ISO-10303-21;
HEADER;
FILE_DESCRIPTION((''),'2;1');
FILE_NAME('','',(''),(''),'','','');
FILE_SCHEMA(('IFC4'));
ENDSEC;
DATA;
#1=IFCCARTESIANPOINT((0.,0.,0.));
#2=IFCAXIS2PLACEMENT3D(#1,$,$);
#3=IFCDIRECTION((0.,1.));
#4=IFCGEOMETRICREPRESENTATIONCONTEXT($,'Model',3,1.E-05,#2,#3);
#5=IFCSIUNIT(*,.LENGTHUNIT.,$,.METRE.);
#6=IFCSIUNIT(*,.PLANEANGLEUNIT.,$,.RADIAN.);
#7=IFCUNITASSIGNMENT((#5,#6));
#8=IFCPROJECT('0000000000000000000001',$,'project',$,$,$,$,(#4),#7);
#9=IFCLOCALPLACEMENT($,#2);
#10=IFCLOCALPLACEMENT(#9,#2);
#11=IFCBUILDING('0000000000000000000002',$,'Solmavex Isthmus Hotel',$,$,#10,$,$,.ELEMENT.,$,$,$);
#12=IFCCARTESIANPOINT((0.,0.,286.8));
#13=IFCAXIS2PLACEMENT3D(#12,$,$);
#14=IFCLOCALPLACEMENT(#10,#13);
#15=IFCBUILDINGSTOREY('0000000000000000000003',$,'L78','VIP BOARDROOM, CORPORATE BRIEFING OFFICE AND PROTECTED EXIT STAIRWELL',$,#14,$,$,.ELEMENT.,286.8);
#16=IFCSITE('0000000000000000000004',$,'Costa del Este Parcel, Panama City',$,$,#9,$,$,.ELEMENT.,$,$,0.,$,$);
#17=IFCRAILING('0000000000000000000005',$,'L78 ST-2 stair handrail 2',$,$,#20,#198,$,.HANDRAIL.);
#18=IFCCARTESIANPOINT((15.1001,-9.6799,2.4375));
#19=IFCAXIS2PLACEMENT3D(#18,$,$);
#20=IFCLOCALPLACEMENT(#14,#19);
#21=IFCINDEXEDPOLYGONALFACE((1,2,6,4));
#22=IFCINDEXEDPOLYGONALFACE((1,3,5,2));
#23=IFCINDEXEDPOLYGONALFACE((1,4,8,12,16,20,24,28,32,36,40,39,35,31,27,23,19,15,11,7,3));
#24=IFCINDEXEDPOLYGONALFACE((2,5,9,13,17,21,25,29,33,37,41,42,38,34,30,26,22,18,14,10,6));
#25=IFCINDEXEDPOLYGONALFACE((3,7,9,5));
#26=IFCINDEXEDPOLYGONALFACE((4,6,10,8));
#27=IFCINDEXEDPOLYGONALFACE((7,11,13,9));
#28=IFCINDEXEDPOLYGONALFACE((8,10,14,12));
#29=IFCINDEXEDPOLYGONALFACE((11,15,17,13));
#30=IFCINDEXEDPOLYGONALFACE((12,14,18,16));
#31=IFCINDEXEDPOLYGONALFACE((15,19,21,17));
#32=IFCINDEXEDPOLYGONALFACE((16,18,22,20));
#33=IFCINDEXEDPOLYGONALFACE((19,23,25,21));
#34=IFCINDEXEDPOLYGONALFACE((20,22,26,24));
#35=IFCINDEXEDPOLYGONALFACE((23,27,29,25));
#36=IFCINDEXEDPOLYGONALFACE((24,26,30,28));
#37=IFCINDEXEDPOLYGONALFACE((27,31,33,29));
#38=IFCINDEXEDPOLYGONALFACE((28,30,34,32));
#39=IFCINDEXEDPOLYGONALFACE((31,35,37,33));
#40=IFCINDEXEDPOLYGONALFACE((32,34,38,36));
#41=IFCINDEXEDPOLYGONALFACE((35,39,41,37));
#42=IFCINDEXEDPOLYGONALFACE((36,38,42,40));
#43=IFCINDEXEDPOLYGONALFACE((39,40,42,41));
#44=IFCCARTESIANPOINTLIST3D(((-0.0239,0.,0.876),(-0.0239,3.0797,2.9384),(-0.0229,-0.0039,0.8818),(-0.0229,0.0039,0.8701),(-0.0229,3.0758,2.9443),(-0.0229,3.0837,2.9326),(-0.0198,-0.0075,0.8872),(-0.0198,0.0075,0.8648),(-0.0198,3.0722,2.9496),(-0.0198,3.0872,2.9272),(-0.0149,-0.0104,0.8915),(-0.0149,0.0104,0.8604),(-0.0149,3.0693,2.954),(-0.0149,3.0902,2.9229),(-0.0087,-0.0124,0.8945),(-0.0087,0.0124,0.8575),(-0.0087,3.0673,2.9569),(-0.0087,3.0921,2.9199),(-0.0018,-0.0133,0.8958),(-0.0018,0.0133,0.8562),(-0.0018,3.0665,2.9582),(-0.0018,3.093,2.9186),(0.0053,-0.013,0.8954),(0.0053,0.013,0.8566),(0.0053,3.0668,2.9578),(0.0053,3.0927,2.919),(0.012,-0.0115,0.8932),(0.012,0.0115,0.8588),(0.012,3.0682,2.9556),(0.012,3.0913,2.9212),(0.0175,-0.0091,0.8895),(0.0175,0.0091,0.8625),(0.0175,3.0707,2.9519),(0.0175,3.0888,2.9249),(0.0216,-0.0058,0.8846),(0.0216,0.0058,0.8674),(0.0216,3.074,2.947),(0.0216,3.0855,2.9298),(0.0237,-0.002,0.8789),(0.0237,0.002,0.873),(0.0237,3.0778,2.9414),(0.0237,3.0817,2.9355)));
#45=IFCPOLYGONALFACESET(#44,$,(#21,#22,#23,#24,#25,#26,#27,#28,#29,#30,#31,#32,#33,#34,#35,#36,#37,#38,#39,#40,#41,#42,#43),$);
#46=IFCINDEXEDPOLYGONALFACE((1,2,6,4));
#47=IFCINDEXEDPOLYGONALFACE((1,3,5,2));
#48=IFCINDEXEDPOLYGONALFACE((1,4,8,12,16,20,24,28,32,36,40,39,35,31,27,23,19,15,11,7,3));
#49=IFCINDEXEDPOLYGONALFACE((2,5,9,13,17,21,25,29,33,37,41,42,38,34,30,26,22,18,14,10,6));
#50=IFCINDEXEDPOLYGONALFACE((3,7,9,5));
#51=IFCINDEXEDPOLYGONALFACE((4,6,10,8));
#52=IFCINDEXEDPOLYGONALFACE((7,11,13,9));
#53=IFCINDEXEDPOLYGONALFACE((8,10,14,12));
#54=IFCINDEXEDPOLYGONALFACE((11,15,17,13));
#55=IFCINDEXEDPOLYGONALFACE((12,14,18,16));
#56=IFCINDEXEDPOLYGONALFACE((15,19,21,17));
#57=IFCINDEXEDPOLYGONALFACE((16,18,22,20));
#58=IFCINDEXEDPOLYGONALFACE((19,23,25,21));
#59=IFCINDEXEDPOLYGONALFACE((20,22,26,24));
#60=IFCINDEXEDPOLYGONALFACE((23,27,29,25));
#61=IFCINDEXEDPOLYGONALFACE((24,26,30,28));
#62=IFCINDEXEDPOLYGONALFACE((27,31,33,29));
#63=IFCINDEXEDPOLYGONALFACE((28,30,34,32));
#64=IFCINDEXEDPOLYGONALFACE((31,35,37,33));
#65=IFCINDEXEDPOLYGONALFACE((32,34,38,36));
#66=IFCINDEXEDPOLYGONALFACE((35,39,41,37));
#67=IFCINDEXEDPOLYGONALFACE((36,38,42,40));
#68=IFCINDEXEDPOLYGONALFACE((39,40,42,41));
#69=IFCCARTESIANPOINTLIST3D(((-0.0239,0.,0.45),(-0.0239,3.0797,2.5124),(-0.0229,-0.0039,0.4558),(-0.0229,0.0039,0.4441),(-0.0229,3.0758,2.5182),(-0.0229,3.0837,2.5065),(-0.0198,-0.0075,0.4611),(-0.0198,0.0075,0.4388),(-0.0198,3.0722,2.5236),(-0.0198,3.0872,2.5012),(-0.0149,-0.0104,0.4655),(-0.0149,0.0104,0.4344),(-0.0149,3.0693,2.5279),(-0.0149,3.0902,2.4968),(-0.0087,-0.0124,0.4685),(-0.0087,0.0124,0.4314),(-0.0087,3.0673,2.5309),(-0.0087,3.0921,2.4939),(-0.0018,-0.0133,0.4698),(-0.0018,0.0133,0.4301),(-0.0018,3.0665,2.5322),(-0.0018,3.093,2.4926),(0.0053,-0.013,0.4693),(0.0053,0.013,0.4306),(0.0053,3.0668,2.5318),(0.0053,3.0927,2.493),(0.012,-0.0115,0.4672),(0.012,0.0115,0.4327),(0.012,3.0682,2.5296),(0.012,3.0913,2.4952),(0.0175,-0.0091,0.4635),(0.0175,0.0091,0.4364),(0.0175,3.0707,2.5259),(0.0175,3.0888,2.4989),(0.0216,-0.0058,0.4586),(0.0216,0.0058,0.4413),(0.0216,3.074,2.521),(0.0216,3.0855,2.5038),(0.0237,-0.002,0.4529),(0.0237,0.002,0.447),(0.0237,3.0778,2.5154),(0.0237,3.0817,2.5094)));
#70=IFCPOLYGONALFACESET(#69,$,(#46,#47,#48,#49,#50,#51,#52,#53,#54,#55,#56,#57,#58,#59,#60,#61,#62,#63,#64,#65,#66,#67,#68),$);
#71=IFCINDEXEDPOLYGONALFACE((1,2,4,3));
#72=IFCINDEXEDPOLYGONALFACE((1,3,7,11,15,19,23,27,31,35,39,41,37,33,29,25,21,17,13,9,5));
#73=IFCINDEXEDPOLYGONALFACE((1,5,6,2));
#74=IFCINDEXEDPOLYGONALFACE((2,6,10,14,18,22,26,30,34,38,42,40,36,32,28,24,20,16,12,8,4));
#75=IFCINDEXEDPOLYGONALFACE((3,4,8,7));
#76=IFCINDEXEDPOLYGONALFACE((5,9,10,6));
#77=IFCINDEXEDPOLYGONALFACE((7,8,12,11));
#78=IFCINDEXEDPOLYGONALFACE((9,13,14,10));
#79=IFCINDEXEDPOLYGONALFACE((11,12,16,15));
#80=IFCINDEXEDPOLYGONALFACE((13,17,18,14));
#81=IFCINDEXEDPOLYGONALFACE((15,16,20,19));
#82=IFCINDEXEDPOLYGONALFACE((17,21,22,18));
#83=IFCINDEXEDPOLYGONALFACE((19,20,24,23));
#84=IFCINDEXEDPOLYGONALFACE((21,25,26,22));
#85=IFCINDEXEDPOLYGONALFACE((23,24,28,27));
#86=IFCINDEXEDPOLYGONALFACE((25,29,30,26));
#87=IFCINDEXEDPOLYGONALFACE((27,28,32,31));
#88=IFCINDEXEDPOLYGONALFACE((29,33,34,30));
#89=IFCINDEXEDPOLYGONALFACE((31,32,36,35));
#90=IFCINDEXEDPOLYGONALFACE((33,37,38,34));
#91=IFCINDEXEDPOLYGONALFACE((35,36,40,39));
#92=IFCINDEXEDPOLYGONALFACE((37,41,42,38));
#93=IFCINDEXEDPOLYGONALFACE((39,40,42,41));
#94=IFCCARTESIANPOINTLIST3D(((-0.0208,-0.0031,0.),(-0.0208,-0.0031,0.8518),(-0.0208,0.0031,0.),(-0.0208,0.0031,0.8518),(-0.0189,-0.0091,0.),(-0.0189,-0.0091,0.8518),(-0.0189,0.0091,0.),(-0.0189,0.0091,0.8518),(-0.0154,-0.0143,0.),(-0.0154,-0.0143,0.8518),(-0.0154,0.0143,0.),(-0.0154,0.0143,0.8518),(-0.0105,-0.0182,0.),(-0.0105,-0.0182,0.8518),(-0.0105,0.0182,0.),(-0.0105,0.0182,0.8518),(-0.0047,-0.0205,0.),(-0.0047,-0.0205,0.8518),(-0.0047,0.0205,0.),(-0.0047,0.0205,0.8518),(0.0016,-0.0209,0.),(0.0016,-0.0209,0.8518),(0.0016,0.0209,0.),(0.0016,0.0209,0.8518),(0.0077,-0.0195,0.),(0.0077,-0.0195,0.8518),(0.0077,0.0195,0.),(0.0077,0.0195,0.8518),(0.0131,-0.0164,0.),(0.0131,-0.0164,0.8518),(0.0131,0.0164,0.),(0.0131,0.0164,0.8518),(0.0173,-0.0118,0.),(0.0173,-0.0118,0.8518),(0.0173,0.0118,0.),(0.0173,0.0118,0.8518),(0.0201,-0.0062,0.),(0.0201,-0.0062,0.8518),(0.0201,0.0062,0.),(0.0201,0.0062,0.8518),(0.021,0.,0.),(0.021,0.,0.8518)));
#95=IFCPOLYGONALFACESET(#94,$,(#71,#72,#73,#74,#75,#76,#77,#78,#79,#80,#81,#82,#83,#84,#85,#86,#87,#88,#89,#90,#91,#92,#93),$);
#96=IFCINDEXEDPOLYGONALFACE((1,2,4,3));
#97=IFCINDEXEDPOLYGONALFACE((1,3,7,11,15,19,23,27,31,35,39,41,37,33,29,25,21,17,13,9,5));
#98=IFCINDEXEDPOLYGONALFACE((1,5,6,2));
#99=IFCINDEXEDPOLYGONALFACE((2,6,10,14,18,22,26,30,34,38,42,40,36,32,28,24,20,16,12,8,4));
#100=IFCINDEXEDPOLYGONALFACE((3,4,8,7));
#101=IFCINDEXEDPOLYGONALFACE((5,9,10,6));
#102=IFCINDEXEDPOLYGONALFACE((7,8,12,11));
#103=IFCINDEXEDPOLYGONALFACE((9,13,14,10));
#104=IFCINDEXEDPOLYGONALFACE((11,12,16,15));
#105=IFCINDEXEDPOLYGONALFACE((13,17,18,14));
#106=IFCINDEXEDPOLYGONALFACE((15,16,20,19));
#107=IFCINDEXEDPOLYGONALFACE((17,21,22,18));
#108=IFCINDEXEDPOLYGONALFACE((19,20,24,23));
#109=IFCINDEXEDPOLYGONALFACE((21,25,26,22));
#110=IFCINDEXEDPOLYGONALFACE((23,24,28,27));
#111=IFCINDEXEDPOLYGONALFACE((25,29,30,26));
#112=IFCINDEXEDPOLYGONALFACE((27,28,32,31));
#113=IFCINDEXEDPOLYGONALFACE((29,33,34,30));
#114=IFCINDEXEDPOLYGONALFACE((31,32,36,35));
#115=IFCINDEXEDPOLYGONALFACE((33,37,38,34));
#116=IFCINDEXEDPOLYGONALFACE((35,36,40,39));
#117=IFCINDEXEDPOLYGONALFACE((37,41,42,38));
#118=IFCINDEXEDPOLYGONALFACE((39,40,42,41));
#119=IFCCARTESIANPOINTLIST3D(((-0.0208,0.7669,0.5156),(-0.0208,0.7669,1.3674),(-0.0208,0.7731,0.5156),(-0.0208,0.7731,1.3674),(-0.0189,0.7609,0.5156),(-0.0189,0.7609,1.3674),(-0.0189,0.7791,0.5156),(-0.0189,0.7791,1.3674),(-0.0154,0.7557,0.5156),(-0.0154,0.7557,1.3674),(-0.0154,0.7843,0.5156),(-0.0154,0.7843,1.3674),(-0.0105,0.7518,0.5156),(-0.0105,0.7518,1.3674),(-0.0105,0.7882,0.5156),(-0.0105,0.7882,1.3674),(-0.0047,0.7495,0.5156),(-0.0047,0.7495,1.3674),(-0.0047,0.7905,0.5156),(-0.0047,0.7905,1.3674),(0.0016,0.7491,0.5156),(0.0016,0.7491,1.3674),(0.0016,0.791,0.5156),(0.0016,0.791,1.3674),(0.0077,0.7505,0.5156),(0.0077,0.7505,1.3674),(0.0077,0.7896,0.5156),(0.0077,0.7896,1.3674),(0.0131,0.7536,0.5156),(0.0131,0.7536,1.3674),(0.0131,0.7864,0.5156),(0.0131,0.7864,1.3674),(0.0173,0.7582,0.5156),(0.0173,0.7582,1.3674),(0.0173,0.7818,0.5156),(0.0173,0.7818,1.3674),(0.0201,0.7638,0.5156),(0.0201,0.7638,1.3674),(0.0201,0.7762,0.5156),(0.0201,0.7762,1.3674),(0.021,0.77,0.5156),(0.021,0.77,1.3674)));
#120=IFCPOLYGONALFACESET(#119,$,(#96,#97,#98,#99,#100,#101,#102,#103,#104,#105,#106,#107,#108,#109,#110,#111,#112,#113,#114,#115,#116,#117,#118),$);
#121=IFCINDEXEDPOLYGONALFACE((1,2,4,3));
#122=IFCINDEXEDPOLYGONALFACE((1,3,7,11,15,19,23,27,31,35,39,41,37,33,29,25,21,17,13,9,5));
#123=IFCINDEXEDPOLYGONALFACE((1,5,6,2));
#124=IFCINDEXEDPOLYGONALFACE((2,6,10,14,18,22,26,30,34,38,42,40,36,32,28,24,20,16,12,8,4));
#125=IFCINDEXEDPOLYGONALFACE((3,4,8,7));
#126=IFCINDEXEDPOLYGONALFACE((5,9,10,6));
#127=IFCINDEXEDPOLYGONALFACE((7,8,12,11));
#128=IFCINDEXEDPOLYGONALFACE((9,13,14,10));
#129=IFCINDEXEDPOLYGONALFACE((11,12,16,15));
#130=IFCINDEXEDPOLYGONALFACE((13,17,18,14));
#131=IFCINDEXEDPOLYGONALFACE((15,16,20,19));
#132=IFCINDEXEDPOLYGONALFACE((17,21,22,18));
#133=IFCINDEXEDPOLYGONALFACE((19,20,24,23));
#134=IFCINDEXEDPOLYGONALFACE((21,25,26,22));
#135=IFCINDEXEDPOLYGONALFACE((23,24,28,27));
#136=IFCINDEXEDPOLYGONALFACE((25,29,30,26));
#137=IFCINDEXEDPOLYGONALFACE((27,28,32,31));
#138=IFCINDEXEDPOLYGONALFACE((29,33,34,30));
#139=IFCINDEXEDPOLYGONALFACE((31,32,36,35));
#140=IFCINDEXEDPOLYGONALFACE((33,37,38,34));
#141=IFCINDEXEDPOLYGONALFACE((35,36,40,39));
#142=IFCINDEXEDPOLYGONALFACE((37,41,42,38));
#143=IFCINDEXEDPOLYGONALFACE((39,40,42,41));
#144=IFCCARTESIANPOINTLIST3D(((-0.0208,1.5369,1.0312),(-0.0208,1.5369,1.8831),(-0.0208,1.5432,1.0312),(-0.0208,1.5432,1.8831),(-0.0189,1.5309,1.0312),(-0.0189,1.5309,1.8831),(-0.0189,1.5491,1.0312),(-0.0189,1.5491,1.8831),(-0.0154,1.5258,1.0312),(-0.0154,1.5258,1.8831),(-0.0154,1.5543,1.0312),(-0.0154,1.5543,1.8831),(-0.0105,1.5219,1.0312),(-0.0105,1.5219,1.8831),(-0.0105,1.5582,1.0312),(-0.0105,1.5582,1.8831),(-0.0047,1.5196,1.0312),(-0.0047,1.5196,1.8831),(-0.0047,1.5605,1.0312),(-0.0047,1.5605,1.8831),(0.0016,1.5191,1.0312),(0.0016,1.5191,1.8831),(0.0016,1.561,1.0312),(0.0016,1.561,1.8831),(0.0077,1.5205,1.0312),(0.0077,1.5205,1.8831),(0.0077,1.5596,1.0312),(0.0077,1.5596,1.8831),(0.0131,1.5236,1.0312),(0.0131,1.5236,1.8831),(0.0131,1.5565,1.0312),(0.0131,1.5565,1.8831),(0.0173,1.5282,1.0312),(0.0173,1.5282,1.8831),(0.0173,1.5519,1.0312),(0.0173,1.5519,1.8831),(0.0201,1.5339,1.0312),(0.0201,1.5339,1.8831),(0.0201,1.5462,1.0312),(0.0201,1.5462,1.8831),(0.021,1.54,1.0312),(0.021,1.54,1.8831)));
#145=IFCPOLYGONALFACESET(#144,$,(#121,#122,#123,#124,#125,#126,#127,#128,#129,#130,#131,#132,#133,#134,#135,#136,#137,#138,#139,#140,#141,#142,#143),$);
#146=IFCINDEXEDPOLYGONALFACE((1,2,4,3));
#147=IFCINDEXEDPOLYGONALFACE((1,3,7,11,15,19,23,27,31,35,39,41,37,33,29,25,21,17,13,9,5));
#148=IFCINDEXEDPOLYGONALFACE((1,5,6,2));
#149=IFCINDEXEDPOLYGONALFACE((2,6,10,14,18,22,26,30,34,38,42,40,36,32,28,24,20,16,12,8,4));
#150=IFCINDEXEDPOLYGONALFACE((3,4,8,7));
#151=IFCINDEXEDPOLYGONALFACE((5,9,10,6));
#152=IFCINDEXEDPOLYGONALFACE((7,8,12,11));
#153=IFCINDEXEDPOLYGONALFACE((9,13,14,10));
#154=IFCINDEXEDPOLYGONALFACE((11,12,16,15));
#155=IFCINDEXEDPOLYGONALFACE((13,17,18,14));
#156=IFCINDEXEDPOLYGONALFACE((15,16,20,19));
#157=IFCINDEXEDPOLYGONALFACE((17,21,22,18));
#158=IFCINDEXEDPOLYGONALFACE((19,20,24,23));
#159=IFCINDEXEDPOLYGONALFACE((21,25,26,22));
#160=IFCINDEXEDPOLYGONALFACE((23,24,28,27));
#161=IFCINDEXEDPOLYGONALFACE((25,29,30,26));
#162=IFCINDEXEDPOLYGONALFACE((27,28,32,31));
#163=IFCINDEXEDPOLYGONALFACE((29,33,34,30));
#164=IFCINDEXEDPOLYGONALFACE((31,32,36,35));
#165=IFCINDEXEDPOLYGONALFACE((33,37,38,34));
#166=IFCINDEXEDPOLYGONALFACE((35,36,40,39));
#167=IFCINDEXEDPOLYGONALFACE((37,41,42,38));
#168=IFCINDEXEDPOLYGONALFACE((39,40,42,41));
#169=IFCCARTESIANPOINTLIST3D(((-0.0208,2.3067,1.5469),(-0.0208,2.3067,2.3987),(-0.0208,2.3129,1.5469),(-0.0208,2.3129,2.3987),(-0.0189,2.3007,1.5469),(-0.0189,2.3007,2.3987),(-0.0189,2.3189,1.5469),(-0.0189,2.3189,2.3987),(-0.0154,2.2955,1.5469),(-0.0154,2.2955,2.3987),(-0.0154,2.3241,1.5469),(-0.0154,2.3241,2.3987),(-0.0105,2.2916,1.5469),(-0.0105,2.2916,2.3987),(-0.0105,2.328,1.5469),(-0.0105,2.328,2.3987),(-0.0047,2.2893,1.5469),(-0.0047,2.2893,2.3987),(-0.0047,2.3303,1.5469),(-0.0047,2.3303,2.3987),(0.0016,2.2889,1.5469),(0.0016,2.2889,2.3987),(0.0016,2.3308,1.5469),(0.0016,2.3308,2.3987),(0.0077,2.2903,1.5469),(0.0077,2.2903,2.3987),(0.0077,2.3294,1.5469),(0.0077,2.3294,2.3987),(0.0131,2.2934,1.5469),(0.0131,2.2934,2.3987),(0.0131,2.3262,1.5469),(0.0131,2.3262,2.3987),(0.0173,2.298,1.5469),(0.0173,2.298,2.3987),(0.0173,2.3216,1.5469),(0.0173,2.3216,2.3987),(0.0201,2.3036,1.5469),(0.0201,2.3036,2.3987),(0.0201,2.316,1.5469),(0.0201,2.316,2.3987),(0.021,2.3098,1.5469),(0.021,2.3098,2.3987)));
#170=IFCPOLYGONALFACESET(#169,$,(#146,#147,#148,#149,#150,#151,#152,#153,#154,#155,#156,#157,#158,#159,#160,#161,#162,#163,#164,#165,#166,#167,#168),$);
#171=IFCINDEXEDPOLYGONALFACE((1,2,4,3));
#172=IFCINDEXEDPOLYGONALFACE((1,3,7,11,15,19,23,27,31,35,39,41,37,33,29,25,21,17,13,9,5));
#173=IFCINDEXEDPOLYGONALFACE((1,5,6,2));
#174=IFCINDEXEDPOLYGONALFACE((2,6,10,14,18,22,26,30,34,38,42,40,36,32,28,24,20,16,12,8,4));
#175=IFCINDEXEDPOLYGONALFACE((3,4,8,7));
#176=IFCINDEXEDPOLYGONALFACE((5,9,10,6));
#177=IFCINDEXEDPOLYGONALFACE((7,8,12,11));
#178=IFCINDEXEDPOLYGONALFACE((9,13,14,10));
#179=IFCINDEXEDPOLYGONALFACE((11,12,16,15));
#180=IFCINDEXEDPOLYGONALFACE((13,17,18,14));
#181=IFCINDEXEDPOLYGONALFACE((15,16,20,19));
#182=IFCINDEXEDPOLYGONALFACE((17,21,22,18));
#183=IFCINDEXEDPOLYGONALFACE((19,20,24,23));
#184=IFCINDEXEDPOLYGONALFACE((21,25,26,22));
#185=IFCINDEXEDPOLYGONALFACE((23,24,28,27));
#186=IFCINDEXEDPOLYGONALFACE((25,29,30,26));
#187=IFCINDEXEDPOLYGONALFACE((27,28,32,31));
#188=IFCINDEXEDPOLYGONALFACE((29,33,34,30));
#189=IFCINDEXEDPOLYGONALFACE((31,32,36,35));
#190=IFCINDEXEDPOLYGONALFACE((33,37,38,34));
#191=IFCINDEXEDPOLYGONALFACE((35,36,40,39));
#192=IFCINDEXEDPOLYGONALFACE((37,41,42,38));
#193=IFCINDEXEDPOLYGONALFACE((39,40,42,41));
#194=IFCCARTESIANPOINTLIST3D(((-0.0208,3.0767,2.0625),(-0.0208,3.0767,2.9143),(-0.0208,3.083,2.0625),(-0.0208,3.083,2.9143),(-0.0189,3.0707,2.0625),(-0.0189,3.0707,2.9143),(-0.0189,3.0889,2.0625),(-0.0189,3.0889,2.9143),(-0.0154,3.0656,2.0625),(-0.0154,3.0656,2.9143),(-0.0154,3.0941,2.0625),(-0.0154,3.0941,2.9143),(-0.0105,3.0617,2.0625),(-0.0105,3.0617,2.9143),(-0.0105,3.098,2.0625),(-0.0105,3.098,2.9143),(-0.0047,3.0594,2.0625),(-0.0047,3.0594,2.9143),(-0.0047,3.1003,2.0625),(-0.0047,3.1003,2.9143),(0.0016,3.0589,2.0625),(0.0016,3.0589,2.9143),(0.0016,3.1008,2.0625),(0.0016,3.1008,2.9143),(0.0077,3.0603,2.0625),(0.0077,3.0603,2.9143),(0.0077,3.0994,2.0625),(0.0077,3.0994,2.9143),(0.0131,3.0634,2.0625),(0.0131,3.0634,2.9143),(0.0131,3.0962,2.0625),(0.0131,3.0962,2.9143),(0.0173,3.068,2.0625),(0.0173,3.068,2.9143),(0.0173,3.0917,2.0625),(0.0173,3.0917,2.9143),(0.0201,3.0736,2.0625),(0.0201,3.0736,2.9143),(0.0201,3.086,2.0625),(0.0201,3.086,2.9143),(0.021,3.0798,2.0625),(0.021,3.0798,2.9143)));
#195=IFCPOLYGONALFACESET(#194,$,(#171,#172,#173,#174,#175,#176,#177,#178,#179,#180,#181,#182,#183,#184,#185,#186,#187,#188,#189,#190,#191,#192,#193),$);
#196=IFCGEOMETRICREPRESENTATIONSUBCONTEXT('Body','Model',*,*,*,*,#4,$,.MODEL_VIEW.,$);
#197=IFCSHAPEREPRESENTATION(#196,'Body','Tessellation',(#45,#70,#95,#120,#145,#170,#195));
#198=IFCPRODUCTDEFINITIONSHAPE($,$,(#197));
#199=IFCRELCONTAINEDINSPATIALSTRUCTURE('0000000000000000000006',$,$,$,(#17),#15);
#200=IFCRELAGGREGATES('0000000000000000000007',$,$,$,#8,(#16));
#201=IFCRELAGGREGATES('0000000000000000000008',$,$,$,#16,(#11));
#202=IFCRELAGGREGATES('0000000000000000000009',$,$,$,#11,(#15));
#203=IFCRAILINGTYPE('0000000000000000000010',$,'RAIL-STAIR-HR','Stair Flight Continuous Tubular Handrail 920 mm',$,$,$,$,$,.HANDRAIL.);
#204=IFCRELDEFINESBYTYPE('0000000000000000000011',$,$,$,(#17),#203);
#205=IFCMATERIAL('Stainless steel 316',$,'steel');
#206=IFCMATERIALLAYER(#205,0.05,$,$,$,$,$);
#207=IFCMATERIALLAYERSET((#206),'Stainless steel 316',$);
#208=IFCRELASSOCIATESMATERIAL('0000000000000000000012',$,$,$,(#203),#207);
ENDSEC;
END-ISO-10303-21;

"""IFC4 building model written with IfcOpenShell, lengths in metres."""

from ifc_helpers import new_model, si_unit, direction, frame, origin, origin_2d, place, context, subcontext, project, spatial, circle, extrude, material, layer, layer_set, type_object, element, save


model = new_model("IFC4")

# Units and contexts
model_context = context("Model", 3, precision=1e-05, world=origin(), true_north=direction((0.0, 1.0)))
body_context = subcontext(model_context, "Body", "Model", "MODEL_VIEW")
ifc_project = project(units=[si_unit("LENGTHUNIT", "METRE"), si_unit("PLANEANGLEUNIT", "RADIAN")], contexts=[model_context])

# Site, building, storey
site_placement = place(None, origin())
site = spatial("IfcSite", under=ifc_project, at=site_placement, Name="Costa del Este Parcel, Panama City", CompositionType="ELEMENT", RefElevation=0.0)
building_placement = place(site_placement, origin())
building = spatial("IfcBuilding", under=site, at=building_placement, Name="Solmavex Isthmus Hotel", CompositionType="ELEMENT")
storey_placement = place(building_placement, frame((0.0, 0.0, 286.8)))
storey = spatial("IfcBuildingStorey", under=building, at=storey_placement, Name="L78", Description="VIP BOARDROOM, CORPORATE BRIEFING OFFICE AND PROTECTED EXIT STAIRWELL", CompositionType="ELEMENT", Elevation=286.8)

# Railing
ifc_material_1 = material(Name="Stainless steel 316", Category="steel")
ifc_layer_1 = layer(ifc_material_1, 0.05)
ifc_layer_set_1 = layer_set([ifc_layer_1], Name="Stainless steel 316")
railing_type_1 = type_object("IfcRailingType", Name="RAIL-STAIR-HR", Description="Stair Flight Continuous Tubular Handrail 920 mm", PredefinedType="HANDRAIL", material=ifc_layer_set_1)
railing_1_placement = place(storey_placement, frame((15.1001, -9.6799, 2.4375)))
element("IfcRailing", 1, at=railing_1_placement, inside=storey, type_object=railing_type_1, Name="L78 ST-2 stair handrail 2", PredefinedType="HANDRAIL", context=body_context, shape_type="SweptSolid", body=[
    extrude(circle(Radius=0.0239, at=origin_2d()), frame((0.0, 0.0, 0.876), z_axis=(0.0, 0.830893, 0.556432), x_axis=(-1.0, 0.0, 0.0)), (0.0, 0.0, 1.0), 3.7065),
    extrude(circle(Radius=0.0239, at=origin_2d()), frame((0.0, 0.0, 0.45), z_axis=(0.0, 0.830893, 0.556432), x_axis=(-1.0, 0.0, 0.0)), (0.0, 0.0, 1.0), 3.7065),
    extrude(circle(Radius=0.021, at=origin_2d()), origin(), (0.0, 0.0, 1.0), 0.8518),
    extrude(circle(Radius=0.021, at=origin_2d()), frame((0.0, 0.77, 0.5156)), (0.0, 0.0, 1.0), 0.8518),
    extrude(circle(Radius=0.021, at=origin_2d()), frame((0.0, 1.54, 1.0312)), (0.0, 0.0, 1.0), 0.8518),
    extrude(circle(Radius=0.021, at=origin_2d()), frame((0.0, 2.3098, 1.5469)), (0.0, 0.0, 1.0), 0.8518),
    extrude(circle(Radius=0.021, at=origin_2d()), frame((0.0, 3.0798, 2.0625)), (0.0, 0.0, 1.0), 0.8518),
])

save(model, "model.ifc")
